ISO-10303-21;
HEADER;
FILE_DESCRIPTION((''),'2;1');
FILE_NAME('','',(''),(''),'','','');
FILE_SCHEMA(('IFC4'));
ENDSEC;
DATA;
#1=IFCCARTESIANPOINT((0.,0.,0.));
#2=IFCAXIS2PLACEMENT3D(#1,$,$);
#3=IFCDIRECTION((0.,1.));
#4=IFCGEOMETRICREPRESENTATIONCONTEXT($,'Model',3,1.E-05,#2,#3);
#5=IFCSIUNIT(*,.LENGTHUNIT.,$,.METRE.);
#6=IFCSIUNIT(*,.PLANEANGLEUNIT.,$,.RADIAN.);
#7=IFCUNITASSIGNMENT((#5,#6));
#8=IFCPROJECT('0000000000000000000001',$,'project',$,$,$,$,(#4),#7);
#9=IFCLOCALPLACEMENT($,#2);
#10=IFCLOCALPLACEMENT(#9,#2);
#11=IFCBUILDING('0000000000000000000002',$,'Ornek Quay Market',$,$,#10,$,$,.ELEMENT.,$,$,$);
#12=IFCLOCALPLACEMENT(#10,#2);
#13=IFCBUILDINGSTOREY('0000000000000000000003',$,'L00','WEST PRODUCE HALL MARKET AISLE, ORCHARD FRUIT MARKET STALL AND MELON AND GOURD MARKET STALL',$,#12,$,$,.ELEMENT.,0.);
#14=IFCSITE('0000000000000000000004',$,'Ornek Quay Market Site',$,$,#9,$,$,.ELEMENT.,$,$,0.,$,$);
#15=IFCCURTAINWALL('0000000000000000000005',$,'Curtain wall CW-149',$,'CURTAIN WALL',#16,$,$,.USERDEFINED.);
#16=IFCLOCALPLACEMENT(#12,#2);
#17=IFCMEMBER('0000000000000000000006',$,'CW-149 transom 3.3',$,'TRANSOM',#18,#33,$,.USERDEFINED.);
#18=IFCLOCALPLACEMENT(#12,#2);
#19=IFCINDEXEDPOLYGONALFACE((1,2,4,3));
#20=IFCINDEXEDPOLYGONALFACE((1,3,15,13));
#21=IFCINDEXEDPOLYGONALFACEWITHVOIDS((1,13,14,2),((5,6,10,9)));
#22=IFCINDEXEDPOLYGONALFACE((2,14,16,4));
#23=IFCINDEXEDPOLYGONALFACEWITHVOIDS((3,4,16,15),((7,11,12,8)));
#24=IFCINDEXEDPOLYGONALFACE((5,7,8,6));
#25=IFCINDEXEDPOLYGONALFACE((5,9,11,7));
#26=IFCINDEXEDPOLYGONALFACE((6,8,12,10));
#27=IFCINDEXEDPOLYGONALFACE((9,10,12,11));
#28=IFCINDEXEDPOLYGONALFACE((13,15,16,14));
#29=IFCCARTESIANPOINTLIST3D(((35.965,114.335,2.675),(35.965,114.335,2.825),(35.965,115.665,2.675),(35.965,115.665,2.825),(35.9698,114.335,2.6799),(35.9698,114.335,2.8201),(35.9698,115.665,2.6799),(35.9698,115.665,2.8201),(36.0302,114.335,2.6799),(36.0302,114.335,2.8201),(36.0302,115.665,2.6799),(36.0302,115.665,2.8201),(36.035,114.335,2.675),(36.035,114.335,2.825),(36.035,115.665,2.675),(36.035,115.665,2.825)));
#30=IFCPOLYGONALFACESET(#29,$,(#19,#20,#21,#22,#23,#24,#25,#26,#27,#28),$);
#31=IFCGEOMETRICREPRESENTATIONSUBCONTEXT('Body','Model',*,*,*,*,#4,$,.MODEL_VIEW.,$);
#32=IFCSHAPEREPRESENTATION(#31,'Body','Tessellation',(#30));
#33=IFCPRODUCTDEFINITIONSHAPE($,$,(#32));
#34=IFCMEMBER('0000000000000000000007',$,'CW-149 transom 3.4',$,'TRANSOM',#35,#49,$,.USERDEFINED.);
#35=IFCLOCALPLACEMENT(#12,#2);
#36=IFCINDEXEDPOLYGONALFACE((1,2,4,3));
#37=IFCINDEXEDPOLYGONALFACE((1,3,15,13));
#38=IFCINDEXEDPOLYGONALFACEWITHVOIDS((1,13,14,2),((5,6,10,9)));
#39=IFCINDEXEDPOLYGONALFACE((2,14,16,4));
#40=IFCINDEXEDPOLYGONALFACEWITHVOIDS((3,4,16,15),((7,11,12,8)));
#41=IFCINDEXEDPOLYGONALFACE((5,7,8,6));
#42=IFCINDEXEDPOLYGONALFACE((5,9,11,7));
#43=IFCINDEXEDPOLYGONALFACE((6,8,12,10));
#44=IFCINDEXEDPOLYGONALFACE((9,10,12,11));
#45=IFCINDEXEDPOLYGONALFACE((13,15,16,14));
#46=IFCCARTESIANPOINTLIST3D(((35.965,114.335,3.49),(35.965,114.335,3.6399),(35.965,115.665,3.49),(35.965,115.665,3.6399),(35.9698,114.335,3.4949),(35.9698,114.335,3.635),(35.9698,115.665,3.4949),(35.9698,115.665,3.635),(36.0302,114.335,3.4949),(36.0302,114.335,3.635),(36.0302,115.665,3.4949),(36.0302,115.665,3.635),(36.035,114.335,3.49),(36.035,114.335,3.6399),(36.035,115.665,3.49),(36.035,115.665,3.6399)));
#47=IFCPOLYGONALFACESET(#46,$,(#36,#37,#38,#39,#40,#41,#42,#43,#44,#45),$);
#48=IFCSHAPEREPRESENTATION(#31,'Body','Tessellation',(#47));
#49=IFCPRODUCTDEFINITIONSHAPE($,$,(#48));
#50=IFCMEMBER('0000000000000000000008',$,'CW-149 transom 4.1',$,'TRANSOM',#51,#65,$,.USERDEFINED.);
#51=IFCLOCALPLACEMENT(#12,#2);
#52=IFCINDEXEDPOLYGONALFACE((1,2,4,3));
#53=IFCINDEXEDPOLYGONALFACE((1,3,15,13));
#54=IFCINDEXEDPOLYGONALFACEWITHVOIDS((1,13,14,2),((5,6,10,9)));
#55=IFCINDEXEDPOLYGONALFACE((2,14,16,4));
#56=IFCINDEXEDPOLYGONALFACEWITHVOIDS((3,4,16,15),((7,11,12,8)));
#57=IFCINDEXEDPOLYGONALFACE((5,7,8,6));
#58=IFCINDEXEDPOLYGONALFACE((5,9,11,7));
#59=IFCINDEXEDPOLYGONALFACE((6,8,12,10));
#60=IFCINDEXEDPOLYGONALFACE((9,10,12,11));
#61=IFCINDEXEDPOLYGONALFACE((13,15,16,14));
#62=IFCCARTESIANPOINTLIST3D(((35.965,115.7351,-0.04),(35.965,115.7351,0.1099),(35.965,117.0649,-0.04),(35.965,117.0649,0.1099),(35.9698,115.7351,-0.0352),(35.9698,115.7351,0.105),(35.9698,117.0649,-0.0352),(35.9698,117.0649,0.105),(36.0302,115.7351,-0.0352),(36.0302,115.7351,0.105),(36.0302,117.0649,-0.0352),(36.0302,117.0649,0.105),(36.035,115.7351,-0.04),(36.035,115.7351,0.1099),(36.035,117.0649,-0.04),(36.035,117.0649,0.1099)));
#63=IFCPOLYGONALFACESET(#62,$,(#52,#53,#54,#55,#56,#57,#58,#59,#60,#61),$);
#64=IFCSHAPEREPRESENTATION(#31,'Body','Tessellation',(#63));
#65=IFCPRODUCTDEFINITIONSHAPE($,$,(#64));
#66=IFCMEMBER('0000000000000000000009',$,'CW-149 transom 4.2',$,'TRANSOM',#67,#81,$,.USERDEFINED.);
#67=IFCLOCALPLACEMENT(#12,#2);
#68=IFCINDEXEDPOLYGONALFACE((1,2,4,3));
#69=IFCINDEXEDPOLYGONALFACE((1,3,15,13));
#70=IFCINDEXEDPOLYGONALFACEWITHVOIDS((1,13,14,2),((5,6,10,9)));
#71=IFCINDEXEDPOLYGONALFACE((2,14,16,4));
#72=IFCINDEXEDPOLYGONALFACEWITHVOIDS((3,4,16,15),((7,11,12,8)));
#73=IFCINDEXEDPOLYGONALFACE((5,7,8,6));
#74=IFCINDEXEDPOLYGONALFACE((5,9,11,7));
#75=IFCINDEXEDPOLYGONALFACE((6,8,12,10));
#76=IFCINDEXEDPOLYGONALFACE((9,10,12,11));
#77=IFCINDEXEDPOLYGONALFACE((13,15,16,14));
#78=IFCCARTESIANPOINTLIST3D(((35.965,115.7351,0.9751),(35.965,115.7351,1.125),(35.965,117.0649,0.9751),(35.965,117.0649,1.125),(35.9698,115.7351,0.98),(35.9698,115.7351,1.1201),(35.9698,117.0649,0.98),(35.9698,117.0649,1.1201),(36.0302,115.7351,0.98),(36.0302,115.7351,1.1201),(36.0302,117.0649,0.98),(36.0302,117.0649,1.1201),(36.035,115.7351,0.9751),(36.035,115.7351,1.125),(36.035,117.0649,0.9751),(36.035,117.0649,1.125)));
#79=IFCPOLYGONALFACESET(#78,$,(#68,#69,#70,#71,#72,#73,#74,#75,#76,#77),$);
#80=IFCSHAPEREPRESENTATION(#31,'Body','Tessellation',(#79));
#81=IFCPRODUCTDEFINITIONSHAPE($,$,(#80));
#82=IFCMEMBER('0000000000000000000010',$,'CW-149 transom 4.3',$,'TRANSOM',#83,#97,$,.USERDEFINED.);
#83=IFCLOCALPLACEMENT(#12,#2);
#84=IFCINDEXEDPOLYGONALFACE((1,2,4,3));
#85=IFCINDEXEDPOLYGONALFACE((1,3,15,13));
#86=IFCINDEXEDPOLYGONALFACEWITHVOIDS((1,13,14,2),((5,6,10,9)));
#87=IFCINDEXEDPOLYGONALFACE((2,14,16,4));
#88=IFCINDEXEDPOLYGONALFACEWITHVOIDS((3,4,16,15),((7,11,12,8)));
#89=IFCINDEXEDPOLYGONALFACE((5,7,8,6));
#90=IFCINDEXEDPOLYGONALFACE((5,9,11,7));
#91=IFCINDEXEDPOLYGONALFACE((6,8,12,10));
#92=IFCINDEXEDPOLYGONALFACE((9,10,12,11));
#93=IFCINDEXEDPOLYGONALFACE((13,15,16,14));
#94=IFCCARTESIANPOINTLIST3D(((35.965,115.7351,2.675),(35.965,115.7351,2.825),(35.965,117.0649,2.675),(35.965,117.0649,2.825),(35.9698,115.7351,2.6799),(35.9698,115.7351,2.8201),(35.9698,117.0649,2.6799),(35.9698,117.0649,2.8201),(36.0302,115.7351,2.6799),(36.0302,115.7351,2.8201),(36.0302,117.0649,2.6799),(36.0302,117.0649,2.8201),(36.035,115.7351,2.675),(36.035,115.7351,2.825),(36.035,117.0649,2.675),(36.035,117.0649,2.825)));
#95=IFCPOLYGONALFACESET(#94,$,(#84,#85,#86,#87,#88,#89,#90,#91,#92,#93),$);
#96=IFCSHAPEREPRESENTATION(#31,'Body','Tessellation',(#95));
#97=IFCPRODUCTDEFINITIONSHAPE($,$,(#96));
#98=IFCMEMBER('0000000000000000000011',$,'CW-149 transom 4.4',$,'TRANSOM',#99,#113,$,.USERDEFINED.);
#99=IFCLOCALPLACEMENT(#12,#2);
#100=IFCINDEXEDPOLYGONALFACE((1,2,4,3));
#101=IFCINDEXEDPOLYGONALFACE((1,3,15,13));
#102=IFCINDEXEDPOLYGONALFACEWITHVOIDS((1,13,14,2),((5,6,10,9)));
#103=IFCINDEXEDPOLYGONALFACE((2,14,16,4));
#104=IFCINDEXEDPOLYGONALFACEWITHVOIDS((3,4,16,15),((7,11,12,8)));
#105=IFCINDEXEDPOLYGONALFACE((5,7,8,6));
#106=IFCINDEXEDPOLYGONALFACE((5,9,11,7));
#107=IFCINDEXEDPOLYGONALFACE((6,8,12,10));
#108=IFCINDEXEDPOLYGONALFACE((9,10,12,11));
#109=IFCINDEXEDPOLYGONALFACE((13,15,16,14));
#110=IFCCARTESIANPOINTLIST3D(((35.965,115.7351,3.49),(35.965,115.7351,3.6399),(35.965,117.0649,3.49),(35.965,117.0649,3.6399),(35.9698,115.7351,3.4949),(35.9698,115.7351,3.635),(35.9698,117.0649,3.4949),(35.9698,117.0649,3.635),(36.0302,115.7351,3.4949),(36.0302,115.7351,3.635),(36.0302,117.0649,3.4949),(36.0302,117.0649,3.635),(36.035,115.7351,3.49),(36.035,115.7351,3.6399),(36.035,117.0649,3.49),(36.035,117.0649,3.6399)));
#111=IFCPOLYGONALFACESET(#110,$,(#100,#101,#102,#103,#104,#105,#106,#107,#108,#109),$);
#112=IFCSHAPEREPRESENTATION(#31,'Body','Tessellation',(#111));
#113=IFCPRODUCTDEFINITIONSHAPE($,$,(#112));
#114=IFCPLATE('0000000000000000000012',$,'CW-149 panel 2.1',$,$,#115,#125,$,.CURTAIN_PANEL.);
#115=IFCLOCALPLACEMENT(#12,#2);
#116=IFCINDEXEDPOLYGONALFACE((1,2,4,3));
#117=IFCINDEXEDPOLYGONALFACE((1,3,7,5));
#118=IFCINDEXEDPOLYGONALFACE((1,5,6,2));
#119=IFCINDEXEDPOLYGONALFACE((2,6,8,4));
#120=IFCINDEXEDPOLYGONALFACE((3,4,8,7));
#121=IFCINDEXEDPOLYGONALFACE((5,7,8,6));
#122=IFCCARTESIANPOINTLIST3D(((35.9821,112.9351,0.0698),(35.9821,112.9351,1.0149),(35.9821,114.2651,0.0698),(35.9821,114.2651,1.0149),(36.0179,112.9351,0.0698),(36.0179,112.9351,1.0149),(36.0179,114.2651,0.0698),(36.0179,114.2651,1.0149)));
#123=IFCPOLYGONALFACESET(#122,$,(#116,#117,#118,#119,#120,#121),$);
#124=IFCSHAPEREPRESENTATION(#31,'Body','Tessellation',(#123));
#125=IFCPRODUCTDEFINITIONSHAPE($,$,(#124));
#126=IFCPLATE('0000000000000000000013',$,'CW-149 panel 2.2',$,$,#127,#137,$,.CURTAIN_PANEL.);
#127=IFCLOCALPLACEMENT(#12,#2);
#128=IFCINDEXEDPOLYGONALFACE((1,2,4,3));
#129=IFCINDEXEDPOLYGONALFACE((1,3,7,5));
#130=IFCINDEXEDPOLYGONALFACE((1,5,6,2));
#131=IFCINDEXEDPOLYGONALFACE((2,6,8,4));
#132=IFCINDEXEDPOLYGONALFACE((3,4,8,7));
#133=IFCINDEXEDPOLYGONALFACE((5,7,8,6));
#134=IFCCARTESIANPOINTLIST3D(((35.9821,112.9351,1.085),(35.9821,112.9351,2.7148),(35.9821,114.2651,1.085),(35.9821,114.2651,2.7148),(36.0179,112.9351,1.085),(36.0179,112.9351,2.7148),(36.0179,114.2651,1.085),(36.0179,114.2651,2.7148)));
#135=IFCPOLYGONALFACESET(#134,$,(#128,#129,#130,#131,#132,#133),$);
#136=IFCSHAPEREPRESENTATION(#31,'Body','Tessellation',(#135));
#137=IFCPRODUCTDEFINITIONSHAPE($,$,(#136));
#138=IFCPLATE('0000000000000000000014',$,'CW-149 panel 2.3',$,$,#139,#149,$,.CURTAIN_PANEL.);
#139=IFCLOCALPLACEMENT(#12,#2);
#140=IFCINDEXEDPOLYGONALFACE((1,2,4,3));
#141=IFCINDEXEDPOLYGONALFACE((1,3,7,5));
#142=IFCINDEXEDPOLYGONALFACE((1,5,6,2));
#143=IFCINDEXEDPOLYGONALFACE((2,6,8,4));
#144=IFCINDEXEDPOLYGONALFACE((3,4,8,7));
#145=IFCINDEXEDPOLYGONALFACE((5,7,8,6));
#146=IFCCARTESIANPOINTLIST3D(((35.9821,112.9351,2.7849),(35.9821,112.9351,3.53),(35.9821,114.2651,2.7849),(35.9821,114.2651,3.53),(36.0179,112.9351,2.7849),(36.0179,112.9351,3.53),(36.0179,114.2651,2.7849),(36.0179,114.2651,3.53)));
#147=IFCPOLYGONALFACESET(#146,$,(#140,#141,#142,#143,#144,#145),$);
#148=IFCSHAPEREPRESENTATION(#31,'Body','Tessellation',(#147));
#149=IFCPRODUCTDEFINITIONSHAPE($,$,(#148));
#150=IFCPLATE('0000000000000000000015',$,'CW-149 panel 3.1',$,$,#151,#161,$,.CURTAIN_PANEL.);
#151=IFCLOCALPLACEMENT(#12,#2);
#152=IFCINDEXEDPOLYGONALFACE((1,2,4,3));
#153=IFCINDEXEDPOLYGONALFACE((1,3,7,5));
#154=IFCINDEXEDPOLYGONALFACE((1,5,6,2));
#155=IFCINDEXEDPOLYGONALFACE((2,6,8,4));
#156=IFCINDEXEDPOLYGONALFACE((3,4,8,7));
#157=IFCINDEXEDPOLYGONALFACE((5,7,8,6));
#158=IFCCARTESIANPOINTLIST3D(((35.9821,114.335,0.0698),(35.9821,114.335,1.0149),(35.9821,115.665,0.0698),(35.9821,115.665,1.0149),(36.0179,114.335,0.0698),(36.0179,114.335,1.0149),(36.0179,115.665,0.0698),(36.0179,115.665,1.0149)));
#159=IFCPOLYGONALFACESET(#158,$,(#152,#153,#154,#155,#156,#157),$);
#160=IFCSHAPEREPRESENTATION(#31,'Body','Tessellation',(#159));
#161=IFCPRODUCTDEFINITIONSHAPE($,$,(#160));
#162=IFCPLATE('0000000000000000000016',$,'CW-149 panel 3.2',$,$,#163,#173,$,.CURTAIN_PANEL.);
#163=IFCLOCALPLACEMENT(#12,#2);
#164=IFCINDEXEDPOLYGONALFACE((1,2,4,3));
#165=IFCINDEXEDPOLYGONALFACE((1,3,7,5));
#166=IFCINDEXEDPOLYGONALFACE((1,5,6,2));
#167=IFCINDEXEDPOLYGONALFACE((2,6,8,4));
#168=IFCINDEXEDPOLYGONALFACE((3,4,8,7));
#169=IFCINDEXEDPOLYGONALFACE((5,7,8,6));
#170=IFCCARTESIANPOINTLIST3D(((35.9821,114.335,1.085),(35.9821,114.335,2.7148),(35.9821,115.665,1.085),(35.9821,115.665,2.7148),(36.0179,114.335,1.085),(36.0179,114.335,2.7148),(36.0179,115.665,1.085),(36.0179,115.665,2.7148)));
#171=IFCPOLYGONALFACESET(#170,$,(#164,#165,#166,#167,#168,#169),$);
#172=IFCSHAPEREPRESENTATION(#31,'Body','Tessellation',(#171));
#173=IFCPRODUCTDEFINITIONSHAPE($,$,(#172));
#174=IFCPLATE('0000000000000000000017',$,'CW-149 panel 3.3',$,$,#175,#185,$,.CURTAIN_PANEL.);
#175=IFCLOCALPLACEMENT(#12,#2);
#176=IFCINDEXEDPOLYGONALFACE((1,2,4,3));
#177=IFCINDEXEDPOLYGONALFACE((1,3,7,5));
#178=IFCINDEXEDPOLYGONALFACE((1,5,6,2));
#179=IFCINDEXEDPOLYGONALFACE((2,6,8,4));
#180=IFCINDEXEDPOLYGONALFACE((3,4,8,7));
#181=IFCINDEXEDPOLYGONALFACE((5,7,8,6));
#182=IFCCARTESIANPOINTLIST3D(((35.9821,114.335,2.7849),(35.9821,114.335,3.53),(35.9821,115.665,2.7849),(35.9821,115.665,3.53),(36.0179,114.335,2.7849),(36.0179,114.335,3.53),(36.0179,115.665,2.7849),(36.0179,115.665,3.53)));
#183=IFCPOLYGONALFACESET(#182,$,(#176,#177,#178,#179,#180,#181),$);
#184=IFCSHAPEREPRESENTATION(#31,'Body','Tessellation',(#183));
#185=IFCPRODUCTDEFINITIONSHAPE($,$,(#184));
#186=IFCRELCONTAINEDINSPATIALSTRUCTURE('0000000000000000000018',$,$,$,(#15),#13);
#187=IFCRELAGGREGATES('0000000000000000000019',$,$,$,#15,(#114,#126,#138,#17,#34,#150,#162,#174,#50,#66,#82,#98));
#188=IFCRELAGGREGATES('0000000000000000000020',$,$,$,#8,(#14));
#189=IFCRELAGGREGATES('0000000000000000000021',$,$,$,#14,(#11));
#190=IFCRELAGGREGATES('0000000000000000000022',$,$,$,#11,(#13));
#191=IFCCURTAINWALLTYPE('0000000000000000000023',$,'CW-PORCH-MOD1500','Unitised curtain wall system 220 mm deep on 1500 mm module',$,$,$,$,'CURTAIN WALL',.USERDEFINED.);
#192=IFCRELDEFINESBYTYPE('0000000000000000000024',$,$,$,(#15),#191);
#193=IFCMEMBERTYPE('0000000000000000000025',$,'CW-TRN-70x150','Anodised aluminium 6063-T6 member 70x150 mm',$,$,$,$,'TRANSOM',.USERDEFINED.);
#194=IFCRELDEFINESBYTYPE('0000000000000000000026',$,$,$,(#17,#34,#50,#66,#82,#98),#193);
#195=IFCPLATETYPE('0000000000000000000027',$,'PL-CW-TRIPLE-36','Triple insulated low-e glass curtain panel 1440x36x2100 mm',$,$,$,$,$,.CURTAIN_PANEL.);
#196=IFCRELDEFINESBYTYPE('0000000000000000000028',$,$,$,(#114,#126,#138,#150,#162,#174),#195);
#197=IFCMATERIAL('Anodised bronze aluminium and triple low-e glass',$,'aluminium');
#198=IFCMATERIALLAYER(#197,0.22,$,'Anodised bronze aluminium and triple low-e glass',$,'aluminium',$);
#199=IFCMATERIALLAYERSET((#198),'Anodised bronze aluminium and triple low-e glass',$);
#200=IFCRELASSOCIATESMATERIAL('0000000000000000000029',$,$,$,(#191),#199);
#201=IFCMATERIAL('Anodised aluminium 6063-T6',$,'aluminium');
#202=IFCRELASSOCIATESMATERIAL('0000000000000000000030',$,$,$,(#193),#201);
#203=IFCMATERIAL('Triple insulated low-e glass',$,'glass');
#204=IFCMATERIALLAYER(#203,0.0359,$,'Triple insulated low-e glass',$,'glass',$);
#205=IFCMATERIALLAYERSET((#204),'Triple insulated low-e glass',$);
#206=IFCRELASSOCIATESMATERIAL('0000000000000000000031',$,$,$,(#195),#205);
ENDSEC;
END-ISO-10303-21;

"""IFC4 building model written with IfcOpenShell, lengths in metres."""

from ifc_helpers import new_model, si_unit, direction, frame, origin, origin_2d, place, context, subcontext, project, spatial, rectangle, hollow_rectangle, extrude, material, layer, layer_set, material_profile, profile_set, type_object, element, aggregate, save


model = new_model("IFC4")

# Units and contexts
model_context = context("Model", 3, precision=1e-05, world=origin(), true_north=direction((0.0, 1.0)))
body_context = subcontext(model_context, "Body", "Model", "MODEL_VIEW")
ifc_project = project(units=[si_unit("LENGTHUNIT", "METRE"), si_unit("PLANEANGLEUNIT", "RADIAN")], contexts=[model_context])

# Site, building, storey
site_placement = place(None, origin())
site = spatial("IfcSite", under=ifc_project, at=site_placement, Name="Ornek Quay Market Site", CompositionType="ELEMENT", RefElevation=0.0)
building_placement = place(site_placement, origin())
building = spatial("IfcBuilding", under=site, at=building_placement, Name="Ornek Quay Market", CompositionType="ELEMENT")
storey_placement = place(building_placement, origin())
storey = spatial("IfcBuildingStorey", under=building, at=storey_placement, Name="L00", Description="WEST PRODUCE HALL MARKET AISLE, ORCHARD FRUIT MARKET STALL AND MELON AND GOURD MARKET STALL", CompositionType="ELEMENT", Elevation=0.0)

# Curtain wall, members, plates
ifc_material_1 = material(Name="Anodised bronze aluminium and triple low-e glass", Category="aluminium")
ifc_layer_1 = layer(ifc_material_1, 0.22, Name="Anodised bronze aluminium and triple low-e glass", Category="aluminium")
ifc_layer_set_1 = layer_set([ifc_layer_1], Name="Anodised bronze aluminium and triple low-e glass")
curtain_wall_type = type_object("IfcCurtainWallType", Name="CW-PORCH-MOD1500", Description="Unitised curtain wall system 220 mm deep on 1500 mm module", ElementType="CURTAIN WALL", PredefinedType="USERDEFINED", material=ifc_layer_set_1)
curtain_wall_placement = place(storey_placement, origin())
curtain_wall = element("IfcCurtainWall", 1, at=curtain_wall_placement, inside=storey, type_object=curtain_wall_type, Name="Curtain wall CW-149", ObjectType="CURTAIN WALL", PredefinedType="USERDEFINED")
ifc_material_2 = material(Name="Anodised aluminium 6063-T6", Category="aluminium")
ifc_material_profile_1 = material_profile(ifc_material_2, hollow_rectangle(XDim=0.0701, YDim=0.1499, WallThickness=0.0049, at=origin_2d()), Name="CW-TRN-70x150", Category="aluminium")
ifc_profile_set_1 = profile_set([ifc_material_profile_1], Name="Anodised aluminium 6063-T6")
member_type_1 = type_object("IfcMemberType", Name="CW-TRN-70x150", Description="Anodised aluminium 6063-T6 member 70x150 mm", ElementType="TRANSOM", PredefinedType="USERDEFINED", material=ifc_profile_set_1)
member_1_placement = place(storey_placement, frame((36.0, 114.335, 2.75), z_axis=(0.0, 1.0, 0.0), x_axis=(-1.0, 0.0, 0.0)))
member_1 = element("IfcMember", 2, at=member_1_placement, type_object=member_type_1, Name="CW-149 transom 3.3", ObjectType="TRANSOM", PredefinedType="USERDEFINED", context=body_context, shape_type="SweptSolid", body=[
    extrude(hollow_rectangle(XDim=0.0701, YDim=0.1499, WallThickness=0.0049, at=origin_2d()), origin(), (0.0, 0.0, 1.0), 1.3301),
])
member_2_placement = place(storey_placement, frame((36.0, 114.335, 3.5649), z_axis=(0.0, 1.0, 0.0), x_axis=(-1.0, 0.0, 0.0)))
member_2 = element("IfcMember", 3, at=member_2_placement, type_object=member_type_1, Name="CW-149 transom 3.4", ObjectType="TRANSOM", PredefinedType="USERDEFINED", context=body_context, shape_type="SweptSolid", body=[
    extrude(hollow_rectangle(XDim=0.0701, YDim=0.1499, WallThickness=0.0049, at=origin_2d()), origin(), (0.0, 0.0, 1.0), 1.3301),
])
member_3_placement = place(storey_placement, frame((36.0, 115.7351, 0.0349), z_axis=(0.0, 1.0, 0.0), x_axis=(-1.0, 0.0, 0.0)))
member_3 = element("IfcMember", 4, at=member_3_placement, type_object=member_type_1, Name="CW-149 transom 4.1", ObjectType="TRANSOM", PredefinedType="USERDEFINED", context=body_context, shape_type="SweptSolid", body=[
    extrude(hollow_rectangle(XDim=0.0701, YDim=0.1499, WallThickness=0.0049, at=origin_2d()), origin(), (0.0, 0.0, 1.0), 1.3298),
])
member_4_placement = place(storey_placement, frame((36.0, 115.7351, 1.05), z_axis=(0.0, 1.0, 0.0), x_axis=(-1.0, 0.0, 0.0)))
member_4 = element("IfcMember", 5, at=member_4_placement, type_object=member_type_1, Name="CW-149 transom 4.2", ObjectType="TRANSOM", PredefinedType="USERDEFINED", context=body_context, shape_type="SweptSolid", body=[
    extrude(hollow_rectangle(XDim=0.0701, YDim=0.1499, WallThickness=0.0049, at=origin_2d()), origin(), (0.0, 0.0, 1.0), 1.3298),
])
member_5_placement = place(storey_placement, frame((36.0, 115.7351, 2.75), z_axis=(0.0, 1.0, 0.0), x_axis=(-1.0, 0.0, 0.0)))
member_5 = element("IfcMember", 6, at=member_5_placement, type_object=member_type_1, Name="CW-149 transom 4.3", ObjectType="TRANSOM", PredefinedType="USERDEFINED", context=body_context, shape_type="SweptSolid", body=[
    extrude(hollow_rectangle(XDim=0.0701, YDim=0.1499, WallThickness=0.0049, at=origin_2d()), origin(), (0.0, 0.0, 1.0), 1.3298),
])
member_6_placement = place(storey_placement, frame((36.0, 115.7351, 3.5649), z_axis=(0.0, 1.0, 0.0), x_axis=(-1.0, 0.0, 0.0)))
member_6 = element("IfcMember", 7, at=member_6_placement, type_object=member_type_1, Name="CW-149 transom 4.4", ObjectType="TRANSOM", PredefinedType="USERDEFINED", context=body_context, shape_type="SweptSolid", body=[
    extrude(hollow_rectangle(XDim=0.0701, YDim=0.1499, WallThickness=0.0049, at=origin_2d()), origin(), (0.0, 0.0, 1.0), 1.3298),
])
ifc_material_3 = material(Name="Triple insulated low-e glass", Category="glass")
ifc_layer_2 = layer(ifc_material_3, 0.0359, Name="Triple insulated low-e glass", Category="glass")
ifc_layer_set_2 = layer_set([ifc_layer_2], Name="Triple insulated low-e glass")
plate_type = type_object("IfcPlateType", Name="PL-CW-TRIPLE-36", Description="Triple insulated low-e glass curtain panel 1440x36x2100 mm", PredefinedType="CURTAIN_PANEL", material=ifc_layer_set_2)
plate_1_placement = place(storey_placement, frame((36.0, 113.6001, 0.0698), z_axis=(0.0, 0.0, 1.0), x_axis=(0.0, 1.0, 0.0)))
plate_1 = element("IfcPlate", 8, at=plate_1_placement, type_object=plate_type, Name="CW-149 panel 2.1", PredefinedType="CURTAIN_PANEL", context=body_context, shape_type="SweptSolid", body=[
    extrude(rectangle(XDim=1.3301, YDim=0.0359, at=origin_2d()), origin(), (0.0, 0.0, 1.0), 0.9451),
])
plate_2_placement = place(storey_placement, frame((36.0, 113.6001, 1.085), z_axis=(0.0, 0.0, 1.0), x_axis=(0.0, 1.0, 0.0)))
plate_2 = element("IfcPlate", 9, at=plate_2_placement, type_object=plate_type, Name="CW-149 panel 2.2", PredefinedType="CURTAIN_PANEL", context=body_context, shape_type="SweptSolid", body=[
    extrude(rectangle(XDim=1.3301, YDim=0.0359, at=origin_2d()), origin(), (0.0, 0.0, 1.0), 1.6299),
])
plate_3_placement = place(storey_placement, frame((36.0, 113.6001, 2.7849), z_axis=(0.0, 0.0, 1.0), x_axis=(0.0, 1.0, 0.0)))
plate_3 = element("IfcPlate", 10, at=plate_3_placement, type_object=plate_type, Name="CW-149 panel 2.3", PredefinedType="CURTAIN_PANEL", context=body_context, shape_type="SweptSolid", body=[
    extrude(rectangle(XDim=1.3301, YDim=0.0359, at=origin_2d()), origin(), (0.0, 0.0, 1.0), 0.7451),
])
plate_4_placement = place(storey_placement, frame((36.0, 115.0, 0.0698), z_axis=(0.0, 0.0, 1.0), x_axis=(0.0, 1.0, 0.0)))
plate_4 = element("IfcPlate", 11, at=plate_4_placement, type_object=plate_type, Name="CW-149 panel 3.1", PredefinedType="CURTAIN_PANEL", context=body_context, shape_type="SweptSolid", body=[
    extrude(rectangle(XDim=1.3301, YDim=0.0359, at=origin_2d()), origin(), (0.0, 0.0, 1.0), 0.9451),
])
plate_5_placement = place(storey_placement, frame((36.0, 115.0, 1.085), z_axis=(0.0, 0.0, 1.0), x_axis=(0.0, 1.0, 0.0)))
plate_5 = element("IfcPlate", 12, at=plate_5_placement, type_object=plate_type, Name="CW-149 panel 3.2", PredefinedType="CURTAIN_PANEL", context=body_context, shape_type="SweptSolid", body=[
    extrude(rectangle(XDim=1.3301, YDim=0.0359, at=origin_2d()), origin(), (0.0, 0.0, 1.0), 1.6299),
])
plate_6_placement = place(storey_placement, frame((36.0, 115.0, 2.7849), z_axis=(0.0, 0.0, 1.0), x_axis=(0.0, 1.0, 0.0)))
plate_6 = element("IfcPlate", 13, at=plate_6_placement, type_object=plate_type, Name="CW-149 panel 3.3", PredefinedType="CURTAIN_PANEL", context=body_context, shape_type="SweptSolid", body=[
    extrude(rectangle(XDim=1.3301, YDim=0.0359, at=origin_2d()), origin(), (0.0, 0.0, 1.0), 0.7451),
])
aggregate(curtain_wall, [plate_1, plate_2, plate_3, member_1, member_2, plate_4, plate_5, plate_6, member_3, member_4, member_5, member_6])

save(model, "model.ifc")
